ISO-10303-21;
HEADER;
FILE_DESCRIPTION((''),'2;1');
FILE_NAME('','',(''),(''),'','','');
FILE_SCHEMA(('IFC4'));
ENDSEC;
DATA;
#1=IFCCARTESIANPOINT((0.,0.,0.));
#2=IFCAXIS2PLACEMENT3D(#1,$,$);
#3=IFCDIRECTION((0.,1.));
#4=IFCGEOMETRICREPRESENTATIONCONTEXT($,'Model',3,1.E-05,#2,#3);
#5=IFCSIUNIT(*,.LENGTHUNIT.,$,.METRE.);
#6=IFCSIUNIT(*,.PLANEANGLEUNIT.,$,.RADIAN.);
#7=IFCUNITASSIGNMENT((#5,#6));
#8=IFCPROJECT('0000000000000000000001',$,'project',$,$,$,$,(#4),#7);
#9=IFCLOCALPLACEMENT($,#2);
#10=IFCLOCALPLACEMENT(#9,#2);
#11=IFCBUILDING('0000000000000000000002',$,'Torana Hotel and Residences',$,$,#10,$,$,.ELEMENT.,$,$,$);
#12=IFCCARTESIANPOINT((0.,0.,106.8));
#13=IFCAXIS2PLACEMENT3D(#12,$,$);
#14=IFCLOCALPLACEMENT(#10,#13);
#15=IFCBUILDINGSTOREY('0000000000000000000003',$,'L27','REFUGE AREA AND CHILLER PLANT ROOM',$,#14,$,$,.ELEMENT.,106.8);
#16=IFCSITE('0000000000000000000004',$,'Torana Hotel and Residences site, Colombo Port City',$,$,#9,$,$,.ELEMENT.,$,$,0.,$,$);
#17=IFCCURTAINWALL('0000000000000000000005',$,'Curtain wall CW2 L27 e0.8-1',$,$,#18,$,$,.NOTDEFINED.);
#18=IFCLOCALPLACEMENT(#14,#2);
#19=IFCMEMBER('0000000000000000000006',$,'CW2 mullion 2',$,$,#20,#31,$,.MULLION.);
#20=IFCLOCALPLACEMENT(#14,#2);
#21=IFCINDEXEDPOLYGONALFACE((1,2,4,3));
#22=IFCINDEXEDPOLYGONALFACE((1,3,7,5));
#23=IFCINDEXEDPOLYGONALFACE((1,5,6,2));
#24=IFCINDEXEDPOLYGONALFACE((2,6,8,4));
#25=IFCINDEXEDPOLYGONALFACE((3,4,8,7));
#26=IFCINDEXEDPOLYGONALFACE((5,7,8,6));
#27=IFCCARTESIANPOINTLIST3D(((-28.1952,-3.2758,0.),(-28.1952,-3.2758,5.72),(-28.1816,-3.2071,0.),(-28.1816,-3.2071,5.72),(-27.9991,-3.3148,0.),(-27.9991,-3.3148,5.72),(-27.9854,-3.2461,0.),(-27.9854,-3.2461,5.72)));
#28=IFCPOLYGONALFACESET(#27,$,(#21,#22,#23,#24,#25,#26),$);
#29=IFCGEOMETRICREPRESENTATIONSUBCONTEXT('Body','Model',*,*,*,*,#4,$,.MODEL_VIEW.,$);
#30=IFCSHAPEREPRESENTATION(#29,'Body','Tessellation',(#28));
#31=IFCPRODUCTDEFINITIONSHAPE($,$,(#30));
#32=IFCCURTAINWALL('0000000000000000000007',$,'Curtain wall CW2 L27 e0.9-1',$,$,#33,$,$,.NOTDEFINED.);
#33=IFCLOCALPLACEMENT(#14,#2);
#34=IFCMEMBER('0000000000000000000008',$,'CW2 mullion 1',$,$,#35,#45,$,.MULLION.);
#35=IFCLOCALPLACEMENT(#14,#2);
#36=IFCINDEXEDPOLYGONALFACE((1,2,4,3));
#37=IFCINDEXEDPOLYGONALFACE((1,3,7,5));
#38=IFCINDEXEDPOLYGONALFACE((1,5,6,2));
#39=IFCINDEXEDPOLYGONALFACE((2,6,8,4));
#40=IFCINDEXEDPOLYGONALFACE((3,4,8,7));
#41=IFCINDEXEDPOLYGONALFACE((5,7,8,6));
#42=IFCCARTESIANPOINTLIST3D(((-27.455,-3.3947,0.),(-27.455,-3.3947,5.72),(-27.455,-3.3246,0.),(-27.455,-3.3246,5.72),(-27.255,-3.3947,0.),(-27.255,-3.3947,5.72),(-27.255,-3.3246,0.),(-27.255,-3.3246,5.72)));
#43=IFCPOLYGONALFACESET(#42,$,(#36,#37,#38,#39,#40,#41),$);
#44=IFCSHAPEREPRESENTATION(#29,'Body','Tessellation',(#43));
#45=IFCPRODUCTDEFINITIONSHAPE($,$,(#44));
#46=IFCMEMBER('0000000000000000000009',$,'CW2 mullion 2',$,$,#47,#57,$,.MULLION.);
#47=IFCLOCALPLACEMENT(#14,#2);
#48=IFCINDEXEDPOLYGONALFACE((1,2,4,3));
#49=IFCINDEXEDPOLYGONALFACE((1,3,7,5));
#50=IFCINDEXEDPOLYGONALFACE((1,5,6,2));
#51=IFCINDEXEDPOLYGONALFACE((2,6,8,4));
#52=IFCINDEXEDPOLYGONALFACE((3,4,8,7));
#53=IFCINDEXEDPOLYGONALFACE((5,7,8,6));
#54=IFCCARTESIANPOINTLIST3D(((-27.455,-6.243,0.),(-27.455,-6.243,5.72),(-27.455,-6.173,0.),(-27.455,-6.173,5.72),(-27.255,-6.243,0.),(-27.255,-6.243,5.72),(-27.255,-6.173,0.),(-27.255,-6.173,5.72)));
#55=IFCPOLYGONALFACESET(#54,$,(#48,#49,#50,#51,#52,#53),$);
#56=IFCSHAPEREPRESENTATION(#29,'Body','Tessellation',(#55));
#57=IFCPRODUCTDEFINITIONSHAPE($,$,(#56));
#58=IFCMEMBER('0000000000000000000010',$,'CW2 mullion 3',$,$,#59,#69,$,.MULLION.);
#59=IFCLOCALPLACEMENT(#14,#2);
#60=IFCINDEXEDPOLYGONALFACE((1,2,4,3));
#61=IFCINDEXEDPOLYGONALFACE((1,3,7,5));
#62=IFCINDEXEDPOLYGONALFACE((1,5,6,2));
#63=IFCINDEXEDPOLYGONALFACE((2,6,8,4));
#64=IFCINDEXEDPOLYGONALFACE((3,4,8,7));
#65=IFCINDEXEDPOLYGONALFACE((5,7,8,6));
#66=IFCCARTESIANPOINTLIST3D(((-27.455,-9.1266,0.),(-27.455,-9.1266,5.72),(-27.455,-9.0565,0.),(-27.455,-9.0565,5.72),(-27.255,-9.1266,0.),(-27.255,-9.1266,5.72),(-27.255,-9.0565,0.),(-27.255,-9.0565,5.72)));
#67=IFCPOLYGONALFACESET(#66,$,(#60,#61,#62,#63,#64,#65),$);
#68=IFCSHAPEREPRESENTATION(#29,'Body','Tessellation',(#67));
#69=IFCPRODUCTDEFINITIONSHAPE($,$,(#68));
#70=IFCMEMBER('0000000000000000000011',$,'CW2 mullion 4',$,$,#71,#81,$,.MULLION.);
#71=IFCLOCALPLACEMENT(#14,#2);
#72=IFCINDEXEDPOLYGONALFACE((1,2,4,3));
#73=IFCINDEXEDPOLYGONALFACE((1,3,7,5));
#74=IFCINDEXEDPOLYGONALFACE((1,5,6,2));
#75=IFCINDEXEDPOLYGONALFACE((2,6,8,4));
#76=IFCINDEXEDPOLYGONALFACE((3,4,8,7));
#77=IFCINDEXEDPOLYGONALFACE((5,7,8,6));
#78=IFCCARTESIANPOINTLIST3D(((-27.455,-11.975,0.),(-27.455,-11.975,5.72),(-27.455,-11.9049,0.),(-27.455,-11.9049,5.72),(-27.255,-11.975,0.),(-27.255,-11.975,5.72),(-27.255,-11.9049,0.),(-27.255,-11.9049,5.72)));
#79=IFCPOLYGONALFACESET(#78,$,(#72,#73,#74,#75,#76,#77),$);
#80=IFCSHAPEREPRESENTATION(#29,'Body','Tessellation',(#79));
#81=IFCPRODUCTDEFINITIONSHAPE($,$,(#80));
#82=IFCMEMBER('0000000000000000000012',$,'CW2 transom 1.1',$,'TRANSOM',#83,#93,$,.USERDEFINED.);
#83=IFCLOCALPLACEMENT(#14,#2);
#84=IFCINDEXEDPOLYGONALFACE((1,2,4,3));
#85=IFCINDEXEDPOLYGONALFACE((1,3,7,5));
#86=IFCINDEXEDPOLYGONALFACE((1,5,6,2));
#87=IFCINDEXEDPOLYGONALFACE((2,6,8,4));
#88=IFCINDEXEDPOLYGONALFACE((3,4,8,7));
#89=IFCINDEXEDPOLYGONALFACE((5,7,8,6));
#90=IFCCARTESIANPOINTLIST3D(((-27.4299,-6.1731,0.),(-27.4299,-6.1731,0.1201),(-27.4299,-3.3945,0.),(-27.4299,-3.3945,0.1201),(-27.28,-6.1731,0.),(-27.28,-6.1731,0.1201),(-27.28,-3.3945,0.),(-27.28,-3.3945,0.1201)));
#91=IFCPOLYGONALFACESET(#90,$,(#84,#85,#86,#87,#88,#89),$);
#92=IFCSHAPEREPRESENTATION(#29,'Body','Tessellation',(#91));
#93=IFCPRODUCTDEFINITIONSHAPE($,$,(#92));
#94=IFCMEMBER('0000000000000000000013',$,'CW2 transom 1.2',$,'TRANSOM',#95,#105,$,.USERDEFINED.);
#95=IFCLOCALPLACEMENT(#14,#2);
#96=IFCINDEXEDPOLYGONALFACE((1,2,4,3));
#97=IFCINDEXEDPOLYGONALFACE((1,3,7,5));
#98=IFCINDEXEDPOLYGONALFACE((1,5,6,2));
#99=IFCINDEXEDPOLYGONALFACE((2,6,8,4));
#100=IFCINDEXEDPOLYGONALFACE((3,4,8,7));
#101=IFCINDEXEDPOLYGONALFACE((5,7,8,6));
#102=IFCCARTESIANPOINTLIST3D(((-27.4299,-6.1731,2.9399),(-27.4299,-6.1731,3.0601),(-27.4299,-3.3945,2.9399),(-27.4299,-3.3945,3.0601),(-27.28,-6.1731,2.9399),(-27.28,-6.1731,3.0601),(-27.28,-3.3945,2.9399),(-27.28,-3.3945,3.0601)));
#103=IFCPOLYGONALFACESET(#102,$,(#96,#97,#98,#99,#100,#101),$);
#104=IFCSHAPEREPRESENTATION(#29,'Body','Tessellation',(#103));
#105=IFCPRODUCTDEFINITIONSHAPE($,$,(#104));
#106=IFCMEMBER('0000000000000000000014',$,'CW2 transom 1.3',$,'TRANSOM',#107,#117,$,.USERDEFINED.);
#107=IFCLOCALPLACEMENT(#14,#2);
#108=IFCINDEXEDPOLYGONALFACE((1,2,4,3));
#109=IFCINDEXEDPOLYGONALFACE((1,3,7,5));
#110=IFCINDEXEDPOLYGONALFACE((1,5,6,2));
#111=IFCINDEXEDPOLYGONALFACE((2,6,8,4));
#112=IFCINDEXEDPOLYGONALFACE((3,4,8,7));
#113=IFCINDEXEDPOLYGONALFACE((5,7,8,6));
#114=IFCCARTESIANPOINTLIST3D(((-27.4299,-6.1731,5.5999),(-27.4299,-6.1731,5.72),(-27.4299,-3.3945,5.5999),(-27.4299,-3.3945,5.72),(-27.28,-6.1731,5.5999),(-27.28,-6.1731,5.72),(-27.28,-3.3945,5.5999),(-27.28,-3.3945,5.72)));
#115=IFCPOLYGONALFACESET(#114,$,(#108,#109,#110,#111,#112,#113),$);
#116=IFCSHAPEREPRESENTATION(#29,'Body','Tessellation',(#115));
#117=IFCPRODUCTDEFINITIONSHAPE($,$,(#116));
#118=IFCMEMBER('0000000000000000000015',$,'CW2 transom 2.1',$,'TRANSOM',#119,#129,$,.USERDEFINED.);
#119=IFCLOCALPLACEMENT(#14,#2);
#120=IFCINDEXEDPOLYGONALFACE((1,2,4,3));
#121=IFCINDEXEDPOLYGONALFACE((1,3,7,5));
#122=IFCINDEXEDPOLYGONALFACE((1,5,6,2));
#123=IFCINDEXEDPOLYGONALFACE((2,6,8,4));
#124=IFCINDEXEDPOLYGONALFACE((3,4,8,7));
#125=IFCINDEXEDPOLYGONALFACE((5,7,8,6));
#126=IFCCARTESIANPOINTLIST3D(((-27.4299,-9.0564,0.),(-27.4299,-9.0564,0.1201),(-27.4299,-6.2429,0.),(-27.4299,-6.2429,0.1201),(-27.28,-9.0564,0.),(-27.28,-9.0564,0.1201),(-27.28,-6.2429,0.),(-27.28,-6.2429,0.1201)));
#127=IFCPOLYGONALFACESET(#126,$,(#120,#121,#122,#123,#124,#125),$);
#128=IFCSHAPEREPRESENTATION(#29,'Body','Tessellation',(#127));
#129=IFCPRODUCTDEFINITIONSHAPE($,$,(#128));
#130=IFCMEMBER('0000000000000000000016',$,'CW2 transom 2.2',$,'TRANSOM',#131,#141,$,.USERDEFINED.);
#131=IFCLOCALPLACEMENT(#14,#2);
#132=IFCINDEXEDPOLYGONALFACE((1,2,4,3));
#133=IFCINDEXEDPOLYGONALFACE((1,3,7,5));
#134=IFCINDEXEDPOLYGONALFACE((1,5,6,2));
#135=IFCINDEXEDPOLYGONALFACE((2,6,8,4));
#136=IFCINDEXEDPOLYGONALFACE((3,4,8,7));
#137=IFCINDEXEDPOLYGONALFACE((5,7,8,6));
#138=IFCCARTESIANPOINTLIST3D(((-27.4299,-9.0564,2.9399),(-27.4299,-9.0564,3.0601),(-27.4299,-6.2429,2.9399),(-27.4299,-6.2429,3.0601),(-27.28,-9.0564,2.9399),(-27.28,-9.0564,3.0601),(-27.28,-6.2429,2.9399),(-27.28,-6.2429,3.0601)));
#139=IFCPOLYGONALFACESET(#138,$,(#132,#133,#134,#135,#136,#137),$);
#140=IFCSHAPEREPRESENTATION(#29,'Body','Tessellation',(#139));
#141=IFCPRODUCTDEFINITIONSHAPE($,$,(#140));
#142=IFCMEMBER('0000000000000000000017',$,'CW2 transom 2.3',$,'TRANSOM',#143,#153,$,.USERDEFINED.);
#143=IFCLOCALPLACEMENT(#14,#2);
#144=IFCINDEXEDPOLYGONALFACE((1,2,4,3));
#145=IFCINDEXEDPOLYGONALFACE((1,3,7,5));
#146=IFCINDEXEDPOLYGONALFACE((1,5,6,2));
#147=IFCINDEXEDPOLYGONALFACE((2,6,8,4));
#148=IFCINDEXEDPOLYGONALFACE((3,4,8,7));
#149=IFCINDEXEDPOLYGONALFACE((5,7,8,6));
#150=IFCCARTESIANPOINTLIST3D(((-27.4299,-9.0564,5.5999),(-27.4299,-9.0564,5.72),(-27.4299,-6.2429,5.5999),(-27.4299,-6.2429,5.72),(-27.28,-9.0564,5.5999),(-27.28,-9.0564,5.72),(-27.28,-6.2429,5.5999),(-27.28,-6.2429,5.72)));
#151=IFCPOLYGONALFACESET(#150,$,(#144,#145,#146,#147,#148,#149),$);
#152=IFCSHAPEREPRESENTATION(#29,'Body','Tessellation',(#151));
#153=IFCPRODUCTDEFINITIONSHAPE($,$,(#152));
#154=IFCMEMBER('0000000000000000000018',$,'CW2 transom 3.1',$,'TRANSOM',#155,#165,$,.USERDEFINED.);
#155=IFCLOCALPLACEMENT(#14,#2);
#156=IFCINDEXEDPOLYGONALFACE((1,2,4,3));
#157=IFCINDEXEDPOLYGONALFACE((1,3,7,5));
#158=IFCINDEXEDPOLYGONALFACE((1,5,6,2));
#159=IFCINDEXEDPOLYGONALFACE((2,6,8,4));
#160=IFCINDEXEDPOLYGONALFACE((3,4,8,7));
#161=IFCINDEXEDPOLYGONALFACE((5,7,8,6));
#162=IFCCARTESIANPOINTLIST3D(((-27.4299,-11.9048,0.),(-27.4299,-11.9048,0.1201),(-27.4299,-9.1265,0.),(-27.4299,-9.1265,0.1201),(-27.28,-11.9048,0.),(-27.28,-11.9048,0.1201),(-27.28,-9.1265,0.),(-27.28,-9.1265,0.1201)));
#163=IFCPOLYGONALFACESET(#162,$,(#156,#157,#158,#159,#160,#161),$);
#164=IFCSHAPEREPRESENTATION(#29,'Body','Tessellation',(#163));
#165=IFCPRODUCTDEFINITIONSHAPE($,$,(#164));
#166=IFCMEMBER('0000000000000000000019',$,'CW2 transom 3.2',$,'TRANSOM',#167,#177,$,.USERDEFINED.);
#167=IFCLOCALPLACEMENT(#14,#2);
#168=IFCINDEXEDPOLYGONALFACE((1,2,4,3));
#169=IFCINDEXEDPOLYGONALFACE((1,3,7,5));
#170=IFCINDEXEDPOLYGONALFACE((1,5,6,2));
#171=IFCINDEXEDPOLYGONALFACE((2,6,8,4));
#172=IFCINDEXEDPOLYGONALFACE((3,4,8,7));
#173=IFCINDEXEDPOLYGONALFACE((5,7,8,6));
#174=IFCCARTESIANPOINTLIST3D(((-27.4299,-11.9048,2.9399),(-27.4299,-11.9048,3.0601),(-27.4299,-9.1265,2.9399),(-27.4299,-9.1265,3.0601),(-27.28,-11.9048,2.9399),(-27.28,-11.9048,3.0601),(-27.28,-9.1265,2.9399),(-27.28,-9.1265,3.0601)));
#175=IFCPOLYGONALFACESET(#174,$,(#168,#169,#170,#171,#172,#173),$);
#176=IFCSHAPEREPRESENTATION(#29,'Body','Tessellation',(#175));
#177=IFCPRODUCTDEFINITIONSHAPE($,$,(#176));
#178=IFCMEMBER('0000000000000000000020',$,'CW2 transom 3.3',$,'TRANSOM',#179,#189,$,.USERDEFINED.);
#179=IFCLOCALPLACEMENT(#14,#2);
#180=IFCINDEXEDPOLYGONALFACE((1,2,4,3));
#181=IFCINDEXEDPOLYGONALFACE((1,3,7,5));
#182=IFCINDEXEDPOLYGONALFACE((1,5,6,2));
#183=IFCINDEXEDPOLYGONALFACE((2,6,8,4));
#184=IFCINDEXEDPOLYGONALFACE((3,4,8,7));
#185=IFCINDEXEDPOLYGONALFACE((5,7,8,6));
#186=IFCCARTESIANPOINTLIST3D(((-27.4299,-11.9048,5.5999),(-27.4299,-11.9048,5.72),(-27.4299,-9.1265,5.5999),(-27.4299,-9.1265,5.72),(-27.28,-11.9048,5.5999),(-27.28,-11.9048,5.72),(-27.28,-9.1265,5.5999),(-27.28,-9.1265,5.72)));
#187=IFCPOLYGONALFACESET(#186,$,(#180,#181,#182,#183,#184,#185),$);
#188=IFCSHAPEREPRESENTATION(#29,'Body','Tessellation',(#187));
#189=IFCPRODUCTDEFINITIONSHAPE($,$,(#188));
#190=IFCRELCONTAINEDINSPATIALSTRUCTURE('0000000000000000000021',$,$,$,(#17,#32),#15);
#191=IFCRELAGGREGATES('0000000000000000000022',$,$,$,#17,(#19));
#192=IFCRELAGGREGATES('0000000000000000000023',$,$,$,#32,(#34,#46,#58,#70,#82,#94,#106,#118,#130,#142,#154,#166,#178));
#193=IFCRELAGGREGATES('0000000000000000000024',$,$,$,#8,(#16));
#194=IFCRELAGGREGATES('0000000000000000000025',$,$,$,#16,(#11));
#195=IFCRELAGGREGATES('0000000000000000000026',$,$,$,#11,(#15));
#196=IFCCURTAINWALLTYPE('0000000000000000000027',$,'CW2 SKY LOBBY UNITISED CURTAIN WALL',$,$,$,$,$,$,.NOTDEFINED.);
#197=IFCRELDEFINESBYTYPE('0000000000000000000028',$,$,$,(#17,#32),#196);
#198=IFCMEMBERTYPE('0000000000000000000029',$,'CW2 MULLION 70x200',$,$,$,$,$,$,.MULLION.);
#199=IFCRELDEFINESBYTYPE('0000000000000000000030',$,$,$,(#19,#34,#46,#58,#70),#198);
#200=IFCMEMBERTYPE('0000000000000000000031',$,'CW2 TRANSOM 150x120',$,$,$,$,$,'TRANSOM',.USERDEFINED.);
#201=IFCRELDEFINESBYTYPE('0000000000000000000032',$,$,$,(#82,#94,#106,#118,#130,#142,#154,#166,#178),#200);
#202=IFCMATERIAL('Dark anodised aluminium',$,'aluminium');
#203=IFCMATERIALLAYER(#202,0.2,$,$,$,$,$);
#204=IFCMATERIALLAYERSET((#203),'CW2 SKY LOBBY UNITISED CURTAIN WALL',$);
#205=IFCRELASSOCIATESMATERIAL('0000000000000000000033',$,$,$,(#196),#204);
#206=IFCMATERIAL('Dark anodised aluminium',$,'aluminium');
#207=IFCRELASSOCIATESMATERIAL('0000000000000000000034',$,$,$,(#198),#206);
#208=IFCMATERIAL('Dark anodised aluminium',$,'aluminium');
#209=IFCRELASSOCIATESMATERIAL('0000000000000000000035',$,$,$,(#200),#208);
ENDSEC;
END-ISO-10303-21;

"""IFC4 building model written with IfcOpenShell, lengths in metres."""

from ifc_helpers import new_model, si_unit, direction, frame, origin, origin_2d, place, context, subcontext, project, spatial, rectangle, extrude, material, layer, layer_set, material_profile, profile_set, type_object, element, aggregate, save


model = new_model("IFC4")

# Units and contexts
model_context = context("Model", 3, precision=1e-05, world=origin(), true_north=direction((0.0, 1.0)))
body_context = subcontext(model_context, "Body", "Model", "MODEL_VIEW")
ifc_project = project(units=[si_unit("LENGTHUNIT", "METRE"), si_unit("PLANEANGLEUNIT", "RADIAN")], contexts=[model_context])

# Site, building, storey
site_placement = place(None, origin())
site = spatial("IfcSite", under=ifc_project, at=site_placement, Name="Torana Hotel and Residences site, Colombo Port City", CompositionType="ELEMENT", RefElevation=0.0)
building_placement = place(site_placement, origin())
building = spatial("IfcBuilding", under=site, at=building_placement, Name="Torana Hotel and Residences", CompositionType="ELEMENT")
storey_placement = place(building_placement, frame((0.0, 0.0, 106.8)))
storey = spatial("IfcBuildingStorey", under=building, at=storey_placement, Name="L27", Description="REFUGE AREA AND CHILLER PLANT ROOM", CompositionType="ELEMENT", Elevation=106.8)

# Curtain wall, member
ifc_material_1 = material(Name="Dark anodised aluminium", Category="aluminium")
ifc_layer_1 = layer(ifc_material_1, 0.2)
ifc_layer_set_1 = layer_set([ifc_layer_1], Name="CW2 SKY LOBBY UNITISED CURTAIN WALL")
curtain_wall_type = type_object("IfcCurtainWallType", Name="CW2 SKY LOBBY UNITISED CURTAIN WALL", PredefinedType="NOTDEFINED", material=ifc_layer_set_1)
curtain_wall_1_placement = place(storey_placement, origin())
curtain_wall_1 = element("IfcCurtainWall", 1, at=curtain_wall_1_placement, inside=storey, type_object=curtain_wall_type, Name="Curtain wall CW2 L27 e0.8-1", PredefinedType="NOTDEFINED")
ifc_material_2 = material(Name="Dark anodised aluminium", Category="aluminium")
ifc_material_profile_1 = material_profile(ifc_material_2, rectangle(XDim=0.2, YDim=0.0701, at=origin_2d()), Name="CW2 MULLION 70x200")
ifc_profile_set_1 = profile_set([ifc_material_profile_1], Name="Dark anodised aluminium")
member_type_1 = type_object("IfcMemberType", Name="CW2 MULLION 70x200", PredefinedType="MULLION", material=ifc_profile_set_1)
member_1_placement = place(storey_placement, frame((-28.0903, -3.261, 0.0), z_axis=(0.0, 0.0, 1.0), x_axis=(0.980791, -0.195064, 0.0)))
member_1 = element("IfcMember", 2, at=member_1_placement, type_object=member_type_1, Name="CW2 mullion 2", PredefinedType="MULLION", context=body_context, shape_type="SweptSolid", body=[
    extrude(rectangle(XDim=0.2, YDim=0.0701, at=origin_2d()), origin(), (0.0, 0.0, 1.0), 5.72),
])
aggregate(curtain_wall_1, [member_1])

# Curtain wall, members
curtain_wall_2_placement = place(storey_placement, origin())
curtain_wall_2 = element("IfcCurtainWall", 3, at=curtain_wall_2_placement, inside=storey, type_object=curtain_wall_type, Name="Curtain wall CW2 L27 e0.9-1", PredefinedType="NOTDEFINED")
member_2_placement = place(storey_placement, frame((-27.355, -3.3596, 0.0), z_axis=(0.0, 0.0, 1.0), x_axis=(1.0, 0.0, 0.0)))
member_2 = element("IfcMember", 4, at=member_2_placement, type_object=member_type_1, Name="CW2 mullion 1", PredefinedType="MULLION", context=body_context, shape_type="SweptSolid", body=[
    extrude(rectangle(XDim=0.2, YDim=0.0701, at=origin_2d()), origin(), (0.0, 0.0, 1.0), 5.72),
])
member_3_placement = place(storey_placement, frame((-27.355, -6.208, 0.0), z_axis=(0.0, 0.0, 1.0), x_axis=(1.0, 0.0, 0.0)))
member_3 = element("IfcMember", 5, at=member_3_placement, type_object=member_type_1, Name="CW2 mullion 2", PredefinedType="MULLION", context=body_context, shape_type="SweptSolid", body=[
    extrude(rectangle(XDim=0.2, YDim=0.0701, at=origin_2d()), origin(), (0.0, 0.0, 1.0), 5.72),
])
member_4_placement = place(storey_placement, frame((-27.355, -9.0916, 0.0), z_axis=(0.0, 0.0, 1.0), x_axis=(1.0, 0.0, 0.0)))
member_4 = element("IfcMember", 6, at=member_4_placement, type_object=member_type_1, Name="CW2 mullion 3", PredefinedType="MULLION", context=body_context, shape_type="SweptSolid", body=[
    extrude(rectangle(XDim=0.2, YDim=0.0701, at=origin_2d()), origin(), (0.0, 0.0, 1.0), 5.72),
])
member_5_placement = place(storey_placement, frame((-27.355, -11.9399, 0.0), z_axis=(0.0, 0.0, 1.0), x_axis=(1.0, 0.0, 0.0)))
member_5 = element("IfcMember", 7, at=member_5_placement, type_object=member_type_1, Name="CW2 mullion 4", PredefinedType="MULLION", context=body_context, shape_type="SweptSolid", body=[
    extrude(rectangle(XDim=0.2, YDim=0.0701, at=origin_2d()), origin(), (0.0, 0.0, 1.0), 5.72),
])
ifc_material_3 = material(Name="Dark anodised aluminium", Category="aluminium")
ifc_material_profile_2 = material_profile(ifc_material_3, rectangle(XDim=0.1499, YDim=0.1201, at=origin_2d()), Name="CW2 TRANSOM 150x120")
ifc_profile_set_2 = profile_set([ifc_material_profile_2], Name="Dark anodised aluminium")
member_type_2 = type_object("IfcMemberType", Name="CW2 TRANSOM 150x120", ElementType="TRANSOM", PredefinedType="USERDEFINED", material=ifc_profile_set_2)
member_6_placement = place(storey_placement, frame((-27.355, -3.3945, 0.0601), z_axis=(0.0, -1.0, 0.0), x_axis=(1.0, 0.0, 0.0)))
member_6 = element("IfcMember", 8, at=member_6_placement, type_object=member_type_2, Name="CW2 transom 1.1", ObjectType="TRANSOM", PredefinedType="USERDEFINED", context=body_context, shape_type="SweptSolid", body=[
    extrude(rectangle(XDim=0.1499, YDim=0.1201, at=origin_2d()), origin(), (0.0, 0.0, 1.0), 2.7786),
])
member_7_placement = place(storey_placement, frame((-27.355, -3.3945, 3.0), z_axis=(0.0, -1.0, 0.0), x_axis=(1.0, 0.0, 0.0)))
member_7 = element("IfcMember", 9, at=member_7_placement, type_object=member_type_2, Name="CW2 transom 1.2", ObjectType="TRANSOM", PredefinedType="USERDEFINED", context=body_context, shape_type="SweptSolid", body=[
    extrude(rectangle(XDim=0.1499, YDim=0.1201, at=origin_2d()), origin(), (0.0, 0.0, 1.0), 2.7786),
])
member_8_placement = place(storey_placement, frame((-27.355, -3.3945, 5.6599), z_axis=(0.0, -1.0, 0.0), x_axis=(1.0, 0.0, 0.0)))
member_8 = element("IfcMember", 10, at=member_8_placement, type_object=member_type_2, Name="CW2 transom 1.3", ObjectType="TRANSOM", PredefinedType="USERDEFINED", context=body_context, shape_type="SweptSolid", body=[
    extrude(rectangle(XDim=0.1499, YDim=0.1201, at=origin_2d()), origin(), (0.0, 0.0, 1.0), 2.7786),
])
member_9_placement = place(storey_placement, frame((-27.355, -6.2429, 0.0601), z_axis=(0.0, -1.0, 0.0), x_axis=(1.0, 0.0, 0.0)))
member_9 = element("IfcMember", 11, at=member_9_placement, type_object=member_type_2, Name="CW2 transom 2.1", ObjectType="TRANSOM", PredefinedType="USERDEFINED", context=body_context, shape_type="SweptSolid", body=[
    extrude(rectangle(XDim=0.1499, YDim=0.1201, at=origin_2d()), origin(), (0.0, 0.0, 1.0), 2.8135),
])
member_10_placement = place(storey_placement, frame((-27.355, -6.2429, 3.0), z_axis=(0.0, -1.0, 0.0), x_axis=(1.0, 0.0, 0.0)))
member_10 = element("IfcMember", 12, at=member_10_placement, type_object=member_type_2, Name="CW2 transom 2.2", ObjectType="TRANSOM", PredefinedType="USERDEFINED", context=body_context, shape_type="SweptSolid", body=[
    extrude(rectangle(XDim=0.1499, YDim=0.1201, at=origin_2d()), origin(), (0.0, 0.0, 1.0), 2.8135),
])
member_11_placement = place(storey_placement, frame((-27.355, -6.2429, 5.6599), z_axis=(0.0, -1.0, 0.0), x_axis=(1.0, 0.0, 0.0)))
member_11 = element("IfcMember", 13, at=member_11_placement, type_object=member_type_2, Name="CW2 transom 2.3", ObjectType="TRANSOM", PredefinedType="USERDEFINED", context=body_context, shape_type="SweptSolid", body=[
    extrude(rectangle(XDim=0.1499, YDim=0.1201, at=origin_2d()), origin(), (0.0, 0.0, 1.0), 2.8135),
])
member_12_placement = place(storey_placement, frame((-27.355, -9.1265, 0.0601), z_axis=(0.0, -1.0, 0.0), x_axis=(1.0, 0.0, 0.0)))
member_12 = element("IfcMember", 14, at=member_12_placement, type_object=member_type_2, Name="CW2 transom 3.1", ObjectType="TRANSOM", PredefinedType="USERDEFINED", context=body_context, shape_type="SweptSolid", body=[
    extrude(rectangle(XDim=0.1499, YDim=0.1201, at=origin_2d()), origin(), (0.0, 0.0, 1.0), 2.7783),
])
member_13_placement = place(storey_placement, frame((-27.355, -9.1265, 3.0), z_axis=(0.0, -1.0, 0.0), x_axis=(1.0, 0.0, 0.0)))
member_13 = element("IfcMember", 15, at=member_13_placement, type_object=member_type_2, Name="CW2 transom 3.2", ObjectType="TRANSOM", PredefinedType="USERDEFINED", context=body_context, shape_type="SweptSolid", body=[
    extrude(rectangle(XDim=0.1499, YDim=0.1201, at=origin_2d()), origin(), (0.0, 0.0, 1.0), 2.7783),
])
member_14_placement = place(storey_placement, frame((-27.355, -9.1265, 5.6599), z_axis=(0.0, -1.0, 0.0), x_axis=(1.0, 0.0, 0.0)))
member_14 = element("IfcMember", 16, at=member_14_placement, type_object=member_type_2, Name="CW2 transom 3.3", ObjectType="TRANSOM", PredefinedType="USERDEFINED", context=body_context, shape_type="SweptSolid", body=[
    extrude(rectangle(XDim=0.1499, YDim=0.1201, at=origin_2d()), origin(), (0.0, 0.0, 1.0), 2.7783),
])
aggregate(curtain_wall_2, [member_2, member_3, member_4, member_5, member_6, member_7, member_8, member_9, member_10, member_11, member_12, member_13, member_14])

save(model, "model.ifc")
